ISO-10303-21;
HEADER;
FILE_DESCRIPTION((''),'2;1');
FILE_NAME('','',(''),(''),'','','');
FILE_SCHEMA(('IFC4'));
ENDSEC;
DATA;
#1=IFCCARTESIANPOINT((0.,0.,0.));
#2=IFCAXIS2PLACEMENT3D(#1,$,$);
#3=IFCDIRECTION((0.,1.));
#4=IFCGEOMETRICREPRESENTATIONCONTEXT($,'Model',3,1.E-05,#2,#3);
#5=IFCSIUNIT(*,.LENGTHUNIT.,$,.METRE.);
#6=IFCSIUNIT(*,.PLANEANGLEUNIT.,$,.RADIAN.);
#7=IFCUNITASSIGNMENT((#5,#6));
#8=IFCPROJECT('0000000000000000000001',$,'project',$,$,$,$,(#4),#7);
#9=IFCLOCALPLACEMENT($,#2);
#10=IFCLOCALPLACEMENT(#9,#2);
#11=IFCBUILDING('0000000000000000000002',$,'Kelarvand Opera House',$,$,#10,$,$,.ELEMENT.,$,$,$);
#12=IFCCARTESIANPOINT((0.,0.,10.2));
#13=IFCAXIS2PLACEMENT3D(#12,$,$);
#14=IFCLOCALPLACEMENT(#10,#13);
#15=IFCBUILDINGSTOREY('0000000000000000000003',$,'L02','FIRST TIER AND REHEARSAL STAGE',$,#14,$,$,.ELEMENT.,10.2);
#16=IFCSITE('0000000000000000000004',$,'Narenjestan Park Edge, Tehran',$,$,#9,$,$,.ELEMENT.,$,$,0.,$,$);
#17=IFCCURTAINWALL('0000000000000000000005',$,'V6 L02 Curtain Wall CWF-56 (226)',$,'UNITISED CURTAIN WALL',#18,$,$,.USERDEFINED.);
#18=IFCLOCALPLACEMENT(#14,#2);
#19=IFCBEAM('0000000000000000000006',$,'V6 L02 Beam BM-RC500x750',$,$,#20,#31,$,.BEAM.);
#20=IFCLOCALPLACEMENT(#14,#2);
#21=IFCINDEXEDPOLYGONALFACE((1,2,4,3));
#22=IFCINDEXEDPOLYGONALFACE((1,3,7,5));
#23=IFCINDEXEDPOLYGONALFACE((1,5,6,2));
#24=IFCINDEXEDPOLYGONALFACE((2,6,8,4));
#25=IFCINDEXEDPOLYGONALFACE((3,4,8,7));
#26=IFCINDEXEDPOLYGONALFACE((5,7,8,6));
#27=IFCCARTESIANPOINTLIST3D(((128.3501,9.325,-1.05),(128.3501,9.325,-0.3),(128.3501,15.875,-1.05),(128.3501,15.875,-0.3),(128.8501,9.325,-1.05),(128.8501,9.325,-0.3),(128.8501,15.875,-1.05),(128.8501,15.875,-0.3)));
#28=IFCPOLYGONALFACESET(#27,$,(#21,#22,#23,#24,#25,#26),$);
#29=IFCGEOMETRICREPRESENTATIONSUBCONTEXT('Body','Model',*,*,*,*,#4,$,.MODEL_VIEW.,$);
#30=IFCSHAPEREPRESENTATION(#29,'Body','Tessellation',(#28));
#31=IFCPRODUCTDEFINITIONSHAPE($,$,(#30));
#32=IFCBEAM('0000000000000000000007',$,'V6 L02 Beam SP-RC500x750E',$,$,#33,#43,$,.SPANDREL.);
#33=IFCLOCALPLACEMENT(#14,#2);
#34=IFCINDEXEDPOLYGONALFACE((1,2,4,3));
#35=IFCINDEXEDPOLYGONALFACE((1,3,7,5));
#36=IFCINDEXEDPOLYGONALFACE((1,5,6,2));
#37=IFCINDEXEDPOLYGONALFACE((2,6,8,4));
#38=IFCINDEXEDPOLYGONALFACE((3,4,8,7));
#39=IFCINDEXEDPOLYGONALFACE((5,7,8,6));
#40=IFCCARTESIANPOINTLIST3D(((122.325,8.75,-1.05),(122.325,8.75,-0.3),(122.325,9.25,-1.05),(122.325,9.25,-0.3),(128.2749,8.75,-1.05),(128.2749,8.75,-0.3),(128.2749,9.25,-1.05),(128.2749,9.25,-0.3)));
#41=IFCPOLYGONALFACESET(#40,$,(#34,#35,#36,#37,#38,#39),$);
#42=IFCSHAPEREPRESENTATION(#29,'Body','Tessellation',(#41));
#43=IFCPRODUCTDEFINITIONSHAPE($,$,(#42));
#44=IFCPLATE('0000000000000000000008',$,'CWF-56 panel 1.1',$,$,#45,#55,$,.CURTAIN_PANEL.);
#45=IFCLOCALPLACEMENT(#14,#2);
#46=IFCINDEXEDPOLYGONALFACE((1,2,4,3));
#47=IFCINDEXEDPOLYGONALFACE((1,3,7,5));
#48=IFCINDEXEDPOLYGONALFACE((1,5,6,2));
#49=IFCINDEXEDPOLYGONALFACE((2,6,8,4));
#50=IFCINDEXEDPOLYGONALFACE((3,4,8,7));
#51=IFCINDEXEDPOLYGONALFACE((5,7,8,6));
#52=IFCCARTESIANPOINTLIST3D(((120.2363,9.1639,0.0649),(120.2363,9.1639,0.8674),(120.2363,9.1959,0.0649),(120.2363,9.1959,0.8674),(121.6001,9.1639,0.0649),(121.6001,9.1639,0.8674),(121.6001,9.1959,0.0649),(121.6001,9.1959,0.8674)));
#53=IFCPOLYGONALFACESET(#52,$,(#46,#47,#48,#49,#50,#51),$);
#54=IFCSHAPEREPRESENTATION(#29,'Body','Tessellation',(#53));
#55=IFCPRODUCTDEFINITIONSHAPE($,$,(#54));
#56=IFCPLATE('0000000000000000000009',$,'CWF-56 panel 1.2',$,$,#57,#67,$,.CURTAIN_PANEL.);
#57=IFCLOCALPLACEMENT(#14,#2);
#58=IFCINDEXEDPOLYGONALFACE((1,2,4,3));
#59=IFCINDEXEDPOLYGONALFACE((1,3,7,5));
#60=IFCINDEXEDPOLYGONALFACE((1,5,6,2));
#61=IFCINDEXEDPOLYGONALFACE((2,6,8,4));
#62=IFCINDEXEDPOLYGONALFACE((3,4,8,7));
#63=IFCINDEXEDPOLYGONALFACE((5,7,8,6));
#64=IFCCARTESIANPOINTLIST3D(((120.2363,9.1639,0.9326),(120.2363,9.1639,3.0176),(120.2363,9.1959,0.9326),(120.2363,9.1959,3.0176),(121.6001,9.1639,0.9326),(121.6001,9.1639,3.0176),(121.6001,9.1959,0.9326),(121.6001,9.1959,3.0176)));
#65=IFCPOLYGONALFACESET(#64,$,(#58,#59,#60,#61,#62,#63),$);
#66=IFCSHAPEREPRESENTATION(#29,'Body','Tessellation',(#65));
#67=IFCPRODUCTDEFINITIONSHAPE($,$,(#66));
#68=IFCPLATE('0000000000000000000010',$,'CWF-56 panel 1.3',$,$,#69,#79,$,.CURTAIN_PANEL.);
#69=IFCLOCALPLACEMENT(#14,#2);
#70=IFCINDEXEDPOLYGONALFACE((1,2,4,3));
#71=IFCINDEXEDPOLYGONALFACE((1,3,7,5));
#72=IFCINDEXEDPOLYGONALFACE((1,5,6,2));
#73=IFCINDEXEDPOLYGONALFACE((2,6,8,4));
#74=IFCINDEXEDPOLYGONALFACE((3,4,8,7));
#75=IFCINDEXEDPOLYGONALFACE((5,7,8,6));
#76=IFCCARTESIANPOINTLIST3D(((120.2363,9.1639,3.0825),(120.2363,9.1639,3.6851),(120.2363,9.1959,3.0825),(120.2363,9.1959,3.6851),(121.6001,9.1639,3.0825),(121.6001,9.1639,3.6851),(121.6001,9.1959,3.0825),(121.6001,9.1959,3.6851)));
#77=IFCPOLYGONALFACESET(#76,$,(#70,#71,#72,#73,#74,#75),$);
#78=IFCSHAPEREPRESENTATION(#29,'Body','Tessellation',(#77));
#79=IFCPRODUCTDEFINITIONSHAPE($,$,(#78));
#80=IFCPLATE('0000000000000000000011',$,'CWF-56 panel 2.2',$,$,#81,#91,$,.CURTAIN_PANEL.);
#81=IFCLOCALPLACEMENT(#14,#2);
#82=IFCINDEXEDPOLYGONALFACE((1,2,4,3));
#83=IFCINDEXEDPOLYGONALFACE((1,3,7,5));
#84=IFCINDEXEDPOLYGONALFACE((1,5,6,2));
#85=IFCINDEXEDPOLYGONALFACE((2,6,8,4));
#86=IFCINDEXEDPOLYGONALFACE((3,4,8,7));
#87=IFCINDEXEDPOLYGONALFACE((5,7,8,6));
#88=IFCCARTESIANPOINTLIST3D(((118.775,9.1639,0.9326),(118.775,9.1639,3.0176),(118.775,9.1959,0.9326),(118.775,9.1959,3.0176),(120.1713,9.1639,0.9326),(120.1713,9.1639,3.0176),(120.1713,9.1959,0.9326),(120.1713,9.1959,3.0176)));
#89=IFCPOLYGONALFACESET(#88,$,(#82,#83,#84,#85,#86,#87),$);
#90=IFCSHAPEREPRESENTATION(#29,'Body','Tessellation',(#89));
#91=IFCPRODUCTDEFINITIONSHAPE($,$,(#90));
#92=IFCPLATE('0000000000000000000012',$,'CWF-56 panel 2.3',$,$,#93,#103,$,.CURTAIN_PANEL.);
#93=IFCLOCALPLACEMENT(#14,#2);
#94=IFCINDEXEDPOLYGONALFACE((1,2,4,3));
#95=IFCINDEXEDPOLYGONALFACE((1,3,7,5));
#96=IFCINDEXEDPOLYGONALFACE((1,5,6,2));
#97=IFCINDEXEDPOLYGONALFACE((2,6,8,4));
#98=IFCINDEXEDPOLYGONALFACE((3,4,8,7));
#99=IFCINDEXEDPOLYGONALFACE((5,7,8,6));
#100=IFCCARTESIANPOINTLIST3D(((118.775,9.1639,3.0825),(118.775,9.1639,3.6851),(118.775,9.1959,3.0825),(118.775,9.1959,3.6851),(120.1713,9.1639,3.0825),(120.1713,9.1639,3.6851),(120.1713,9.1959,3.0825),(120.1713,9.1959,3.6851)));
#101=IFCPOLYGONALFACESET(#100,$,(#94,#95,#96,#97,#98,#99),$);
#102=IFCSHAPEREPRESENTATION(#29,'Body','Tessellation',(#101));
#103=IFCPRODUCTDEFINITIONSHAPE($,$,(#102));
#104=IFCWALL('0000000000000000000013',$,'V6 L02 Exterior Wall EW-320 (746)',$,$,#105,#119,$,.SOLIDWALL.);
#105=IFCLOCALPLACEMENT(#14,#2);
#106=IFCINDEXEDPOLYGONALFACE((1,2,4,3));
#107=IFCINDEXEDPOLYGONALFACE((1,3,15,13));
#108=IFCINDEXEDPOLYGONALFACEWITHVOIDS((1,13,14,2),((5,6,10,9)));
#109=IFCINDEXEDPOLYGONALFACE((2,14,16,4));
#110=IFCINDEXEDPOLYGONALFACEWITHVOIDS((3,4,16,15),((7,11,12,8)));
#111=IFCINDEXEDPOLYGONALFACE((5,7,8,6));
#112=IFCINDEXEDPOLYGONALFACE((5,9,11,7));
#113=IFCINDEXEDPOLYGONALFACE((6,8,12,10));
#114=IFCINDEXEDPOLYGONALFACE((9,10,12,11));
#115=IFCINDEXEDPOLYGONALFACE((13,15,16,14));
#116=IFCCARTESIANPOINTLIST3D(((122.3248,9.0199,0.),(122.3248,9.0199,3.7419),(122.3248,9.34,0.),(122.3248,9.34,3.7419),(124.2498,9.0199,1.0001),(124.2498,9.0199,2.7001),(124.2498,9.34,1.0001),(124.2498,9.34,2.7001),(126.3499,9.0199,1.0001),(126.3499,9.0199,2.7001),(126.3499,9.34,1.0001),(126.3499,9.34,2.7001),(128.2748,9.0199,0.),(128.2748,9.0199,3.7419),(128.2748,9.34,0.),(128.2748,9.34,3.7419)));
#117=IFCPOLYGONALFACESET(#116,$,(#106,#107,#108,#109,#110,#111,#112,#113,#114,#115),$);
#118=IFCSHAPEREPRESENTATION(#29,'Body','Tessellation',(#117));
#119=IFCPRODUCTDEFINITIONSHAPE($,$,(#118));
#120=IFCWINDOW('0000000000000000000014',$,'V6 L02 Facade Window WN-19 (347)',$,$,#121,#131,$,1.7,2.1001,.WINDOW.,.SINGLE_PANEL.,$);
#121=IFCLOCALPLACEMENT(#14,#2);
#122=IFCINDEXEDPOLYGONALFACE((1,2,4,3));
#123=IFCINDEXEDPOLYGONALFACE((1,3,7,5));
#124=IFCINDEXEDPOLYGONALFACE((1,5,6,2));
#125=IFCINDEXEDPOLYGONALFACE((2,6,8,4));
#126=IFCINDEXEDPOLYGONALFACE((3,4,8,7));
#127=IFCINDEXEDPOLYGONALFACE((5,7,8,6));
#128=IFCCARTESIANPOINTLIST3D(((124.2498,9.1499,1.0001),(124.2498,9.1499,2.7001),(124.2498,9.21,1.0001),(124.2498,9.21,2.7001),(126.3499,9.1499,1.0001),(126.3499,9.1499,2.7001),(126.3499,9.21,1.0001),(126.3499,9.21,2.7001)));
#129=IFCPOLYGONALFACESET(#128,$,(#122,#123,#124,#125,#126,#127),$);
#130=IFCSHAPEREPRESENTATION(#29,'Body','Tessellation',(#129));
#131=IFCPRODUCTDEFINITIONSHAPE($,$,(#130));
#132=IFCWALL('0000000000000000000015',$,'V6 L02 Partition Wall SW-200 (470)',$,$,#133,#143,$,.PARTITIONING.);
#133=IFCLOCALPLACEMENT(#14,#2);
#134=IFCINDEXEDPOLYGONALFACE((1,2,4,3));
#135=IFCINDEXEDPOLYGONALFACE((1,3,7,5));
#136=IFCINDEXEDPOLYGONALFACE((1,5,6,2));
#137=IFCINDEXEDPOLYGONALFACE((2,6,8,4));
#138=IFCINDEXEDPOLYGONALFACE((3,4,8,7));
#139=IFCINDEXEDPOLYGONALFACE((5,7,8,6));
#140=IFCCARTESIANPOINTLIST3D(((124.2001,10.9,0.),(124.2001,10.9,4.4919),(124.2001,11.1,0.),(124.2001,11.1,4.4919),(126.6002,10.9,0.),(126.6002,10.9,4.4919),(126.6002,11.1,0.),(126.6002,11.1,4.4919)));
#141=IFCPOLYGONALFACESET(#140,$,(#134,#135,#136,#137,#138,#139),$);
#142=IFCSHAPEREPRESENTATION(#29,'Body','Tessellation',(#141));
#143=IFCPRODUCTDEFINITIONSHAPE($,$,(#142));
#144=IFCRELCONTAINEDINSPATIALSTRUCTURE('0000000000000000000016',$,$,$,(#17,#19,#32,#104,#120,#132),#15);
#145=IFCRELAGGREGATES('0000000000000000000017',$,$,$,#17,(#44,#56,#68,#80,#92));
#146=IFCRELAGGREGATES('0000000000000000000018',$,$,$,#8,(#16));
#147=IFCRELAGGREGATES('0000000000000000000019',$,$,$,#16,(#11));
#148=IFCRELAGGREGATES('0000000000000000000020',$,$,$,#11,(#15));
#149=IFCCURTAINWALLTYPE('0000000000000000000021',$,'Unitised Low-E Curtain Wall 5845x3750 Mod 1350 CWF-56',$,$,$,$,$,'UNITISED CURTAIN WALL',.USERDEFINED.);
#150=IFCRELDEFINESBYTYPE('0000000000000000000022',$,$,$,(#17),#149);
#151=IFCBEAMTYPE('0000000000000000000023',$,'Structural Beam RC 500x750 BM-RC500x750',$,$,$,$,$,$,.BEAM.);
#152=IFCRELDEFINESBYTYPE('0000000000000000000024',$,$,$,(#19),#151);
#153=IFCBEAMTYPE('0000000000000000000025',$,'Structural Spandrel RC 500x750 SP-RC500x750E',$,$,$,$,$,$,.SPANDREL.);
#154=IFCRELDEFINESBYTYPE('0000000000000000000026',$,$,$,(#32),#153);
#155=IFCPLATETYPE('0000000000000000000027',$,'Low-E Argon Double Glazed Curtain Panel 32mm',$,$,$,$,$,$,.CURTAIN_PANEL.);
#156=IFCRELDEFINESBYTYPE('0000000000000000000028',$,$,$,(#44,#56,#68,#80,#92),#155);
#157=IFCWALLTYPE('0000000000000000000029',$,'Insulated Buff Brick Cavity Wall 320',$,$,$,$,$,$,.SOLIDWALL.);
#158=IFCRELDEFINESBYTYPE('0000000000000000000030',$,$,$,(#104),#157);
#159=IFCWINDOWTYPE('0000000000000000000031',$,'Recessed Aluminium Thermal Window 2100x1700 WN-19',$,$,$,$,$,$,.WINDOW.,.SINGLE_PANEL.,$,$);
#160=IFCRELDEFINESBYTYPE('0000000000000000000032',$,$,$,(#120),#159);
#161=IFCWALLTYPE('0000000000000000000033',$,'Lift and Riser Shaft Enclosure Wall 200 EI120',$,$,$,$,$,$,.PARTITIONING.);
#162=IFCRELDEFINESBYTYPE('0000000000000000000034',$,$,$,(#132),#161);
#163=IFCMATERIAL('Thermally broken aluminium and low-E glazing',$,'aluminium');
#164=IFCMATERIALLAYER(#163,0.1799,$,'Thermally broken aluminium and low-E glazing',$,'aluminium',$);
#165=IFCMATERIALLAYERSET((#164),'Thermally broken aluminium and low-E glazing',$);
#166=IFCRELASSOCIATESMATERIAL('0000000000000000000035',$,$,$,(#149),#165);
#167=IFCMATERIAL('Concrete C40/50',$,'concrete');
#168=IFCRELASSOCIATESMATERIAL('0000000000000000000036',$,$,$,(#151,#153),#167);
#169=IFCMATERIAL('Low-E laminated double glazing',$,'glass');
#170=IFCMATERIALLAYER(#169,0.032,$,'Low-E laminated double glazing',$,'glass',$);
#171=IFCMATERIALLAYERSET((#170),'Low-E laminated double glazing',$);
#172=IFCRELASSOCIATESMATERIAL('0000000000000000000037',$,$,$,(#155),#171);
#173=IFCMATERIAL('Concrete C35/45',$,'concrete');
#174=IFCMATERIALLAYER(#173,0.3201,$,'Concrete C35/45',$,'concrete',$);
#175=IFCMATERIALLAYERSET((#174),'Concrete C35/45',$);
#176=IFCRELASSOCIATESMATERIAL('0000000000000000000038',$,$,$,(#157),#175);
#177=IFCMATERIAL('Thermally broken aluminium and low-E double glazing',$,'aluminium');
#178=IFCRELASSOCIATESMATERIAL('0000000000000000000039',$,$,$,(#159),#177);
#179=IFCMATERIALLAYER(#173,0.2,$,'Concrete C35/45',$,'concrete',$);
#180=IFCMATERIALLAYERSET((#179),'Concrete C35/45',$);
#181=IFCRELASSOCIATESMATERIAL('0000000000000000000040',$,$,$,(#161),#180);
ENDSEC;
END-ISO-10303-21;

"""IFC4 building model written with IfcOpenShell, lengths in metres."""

from ifc_helpers import new_model, si_unit, direction, frame, frame_2d, origin, origin_2d, place, context, subcontext, project, spatial, rectangle, extrude, material, layer, layer_set, material_profile, profile_set, type_object, element, fill, aggregate, save


model = new_model("IFC4")

# Units and contexts
model_context = context("Model", 3, precision=1e-05, world=origin(), true_north=direction((0.0, 1.0)))
body_context = subcontext(model_context, "Body", "Model", "MODEL_VIEW")
ifc_project = project(units=[si_unit("LENGTHUNIT", "METRE"), si_unit("PLANEANGLEUNIT", "RADIAN")], contexts=[model_context])

# Site, building, storey
site_placement = place(None, origin())
site = spatial("IfcSite", under=ifc_project, at=site_placement, Name="Narenjestan Park Edge, Tehran", CompositionType="ELEMENT", RefElevation=0.0)
building_placement = place(site_placement, origin())
building = spatial("IfcBuilding", under=site, at=building_placement, Name="Kelarvand Opera House", CompositionType="ELEMENT")
storey_placement = place(building_placement, frame((0.0, 0.0, 10.2)))
storey = spatial("IfcBuildingStorey", under=building, at=storey_placement, Name="L02", Description="FIRST TIER AND REHEARSAL STAGE", CompositionType="ELEMENT", Elevation=10.2)

# Shared definitions
ifc_material_1 = material(Name="Concrete C40/50", Category="concrete")

# Curtain wall
ifc_material_2 = material(Name="Thermally broken aluminium and low-E glazing", Category="aluminium")
ifc_layer_1 = layer(ifc_material_2, 0.1799, Name="Thermally broken aluminium and low-E glazing", Category="aluminium")
ifc_layer_set_1 = layer_set([ifc_layer_1], Name="Thermally broken aluminium and low-E glazing")
curtain_wall_type = type_object("IfcCurtainWallType", Name="Unitised Low-E Curtain Wall 5845x3750 Mod 1350 CWF-56", ElementType="UNITISED CURTAIN WALL", PredefinedType="USERDEFINED", material=ifc_layer_set_1)
curtain_wall_placement = place(storey_placement, origin())
curtain_wall = element("IfcCurtainWall", 1, at=curtain_wall_placement, inside=storey, type_object=curtain_wall_type, Name="V6 L02 Curtain Wall CWF-56 (226)", ObjectType="UNITISED CURTAIN WALL", PredefinedType="USERDEFINED")

# Beams
ifc_material_3 = material(Name="Concrete C35/45", Category="concrete")
ifc_material_profile_1 = material_profile(ifc_material_1, rectangle(XDim=0.5, YDim=0.75, at=origin_2d()), Name="RC 500x750", Category="concrete")
ifc_profile_set_1 = profile_set([ifc_material_profile_1], Name="Concrete C40/50")
beam_type_1 = type_object("IfcBeamType", Name="Structural Beam RC 500x750 BM-RC500x750", PredefinedType="BEAM", material=ifc_profile_set_1)
beam_1_placement = place(storey_placement, frame((128.6001, 9.325, -0.675), z_axis=(0.0, 1.0, 0.0), x_axis=(-1.0, 0.0, 0.0)))
element("IfcBeam", 2, at=beam_1_placement, inside=storey, type_object=beam_type_1, Name="V6 L02 Beam BM-RC500x750", PredefinedType="BEAM", context=body_context, shape_type="SweptSolid", body=[
    extrude(rectangle(XDim=0.5, YDim=0.75, at=origin_2d()), origin(), (0.0, 0.0, 1.0), 6.55),
])
ifc_material_profile_2 = material_profile(ifc_material_1, rectangle(XDim=0.5, YDim=0.75, at=origin_2d()), Name="RC 500x750", Category="concrete")
ifc_profile_set_2 = profile_set([ifc_material_profile_2], Name="Concrete C40/50")
beam_type_2 = type_object("IfcBeamType", Name="Structural Spandrel RC 500x750 SP-RC500x750E", PredefinedType="SPANDREL", material=ifc_profile_set_2)
beam_2_placement = place(storey_placement, frame((122.325, 9.0, -0.675), z_axis=(1.0, 0.0, 0.0), x_axis=(0.0, 1.0, 0.0)))
element("IfcBeam", 3, at=beam_2_placement, inside=storey, type_object=beam_type_2, Name="V6 L02 Beam SP-RC500x750E", PredefinedType="SPANDREL", context=body_context, shape_type="SweptSolid", body=[
    extrude(rectangle(XDim=0.5, YDim=0.75, at=origin_2d()), origin(), (0.0, 0.0, 1.0), 5.95),
])

# Plates
ifc_material_4 = material(Name="Low-E laminated double glazing", Category="glass")
ifc_layer_2 = layer(ifc_material_4, 0.032, Name="Low-E laminated double glazing", Category="glass")
ifc_layer_set_2 = layer_set([ifc_layer_2], Name="Low-E laminated double glazing")
plate_type = type_object("IfcPlateType", Name="Low-E Argon Double Glazed Curtain Panel 32mm", PredefinedType="CURTAIN_PANEL", material=ifc_layer_set_2)
plate_1_placement = place(storey_placement, frame((120.9182, 9.1799, 0.0649), z_axis=(0.0, 0.0, 1.0), x_axis=(-1.0, 0.0, 0.0)))
plate_1 = element("IfcPlate", 4, at=plate_1_placement, type_object=plate_type, Name="CWF-56 panel 1.1", PredefinedType="CURTAIN_PANEL", context=body_context, shape_type="SweptSolid", body=[
    extrude(rectangle(XDim=1.3638, YDim=0.032, at=origin_2d()), origin(), (0.0, 0.0, 1.0), 0.8025),
])
plate_2_placement = place(storey_placement, frame((120.9182, 9.1799, 0.9326), z_axis=(0.0, 0.0, 1.0), x_axis=(-1.0, 0.0, 0.0)))
plate_2 = element("IfcPlate", 5, at=plate_2_placement, type_object=plate_type, Name="CWF-56 panel 1.2", PredefinedType="CURTAIN_PANEL", context=body_context, shape_type="SweptSolid", body=[
    extrude(rectangle(XDim=1.3638, YDim=0.032, at=origin_2d()), origin(), (0.0, 0.0, 1.0), 2.085),
])
plate_3_placement = place(storey_placement, frame((120.9182, 9.1799, 3.0825), z_axis=(0.0, 0.0, 1.0), x_axis=(-1.0, 0.0, 0.0)))
plate_3 = element("IfcPlate", 6, at=plate_3_placement, type_object=plate_type, Name="CWF-56 panel 1.3", PredefinedType="CURTAIN_PANEL", context=body_context, shape_type="SweptSolid", body=[
    extrude(rectangle(XDim=1.3638, YDim=0.032, at=origin_2d()), origin(), (0.0, 0.0, 1.0), 0.6025),
])
plate_4_placement = place(storey_placement, frame((119.4731, 9.1799, 0.9326), z_axis=(0.0, 0.0, 1.0), x_axis=(-1.0, 0.0, 0.0)))
plate_4 = element("IfcPlate", 7, at=plate_4_placement, type_object=plate_type, Name="CWF-56 panel 2.2", PredefinedType="CURTAIN_PANEL", context=body_context, shape_type="SweptSolid", body=[
    extrude(rectangle(XDim=1.3962, YDim=0.032, at=origin_2d()), origin(), (0.0, 0.0, 1.0), 2.085),
])
plate_5_placement = place(storey_placement, frame((119.4731, 9.1799, 3.0825), z_axis=(0.0, 0.0, 1.0), x_axis=(-1.0, 0.0, 0.0)))
plate_5 = element("IfcPlate", 8, at=plate_5_placement, type_object=plate_type, Name="CWF-56 panel 2.3", PredefinedType="CURTAIN_PANEL", context=body_context, shape_type="SweptSolid", body=[
    extrude(rectangle(XDim=1.3962, YDim=0.032, at=origin_2d()), origin(), (0.0, 0.0, 1.0), 0.6025),
])
aggregate(curtain_wall, [plate_1, plate_2, plate_3, plate_4, plate_5])

# Wall, opening, window
ifc_layer_3 = layer(ifc_material_3, 0.3201, Name="Concrete C35/45", Category="concrete")
ifc_layer_set_3 = layer_set([ifc_layer_3], Name="Concrete C35/45")
wall_type_1 = type_object("IfcWallType", Name="Insulated Buff Brick Cavity Wall 320", PredefinedType="SOLIDWALL", material=ifc_layer_set_3)
wall_1_placement = place(storey_placement, frame((128.2749, 9.1799, 0.0), z_axis=(0.0, 0.0, 1.0), x_axis=(-1.0, 0.0, 0.0)))
wall_1 = element("IfcWall", 9, at=wall_1_placement, inside=storey, type_object=wall_type_1, Name="V6 L02 Exterior Wall EW-320 (746)", PredefinedType="SOLIDWALL", context=body_context, shape_type="SweptSolid", body=[
    extrude(rectangle(XDim=5.95, YDim=0.3201, at=frame_2d((2.9751, 0.0))), origin(), (0.0, 0.0, 1.0), 3.7419),
])
opening_placement = place(wall_1_placement, frame((1.925, 0.0, 1.0)))
opening = element("IfcOpeningElement", 10, at=opening_placement, cuts=wall_1, PredefinedType="OPENING", context=body_context, shape_type="SweptSolid", body=[
    extrude(rectangle(XDim=2.1001, YDim=1.7, at=frame_2d((1.05, 0.8501))), frame((0.0, 0.1699, 0.0), z_axis=(0.0, -1.0, 0.0), x_axis=(1.0, 0.0, 0.0)), (0.0, 0.0, 1.0), 0.3401),
])
ifc_material_5 = material(Name="Thermally broken aluminium and low-E double glazing", Category="aluminium")
window_type = type_object("IfcWindowType", Name="Recessed Aluminium Thermal Window 2100x1700 WN-19", PartitioningType="SINGLE_PANEL", PredefinedType="WINDOW", material=ifc_material_5)
window_placement = place(opening_placement, origin())
window = element("IfcWindow", 11, at=window_placement, inside=storey, type_object=window_type, Name="V6 L02 Facade Window WN-19 (347)", OverallHeight=1.7, OverallWidth=2.1001, PartitioningType="SINGLE_PANEL", PredefinedType="WINDOW", context=body_context, shape_type="SweptSolid", body=[
    extrude(rectangle(XDim=2.1001, YDim=1.7, at=frame_2d((1.05, 0.8501))), frame((0.0, 0.03, 0.0), z_axis=(0.0, -1.0, 0.0), x_axis=(1.0, 0.0, 0.0)), (0.0, 0.0, 1.0), 0.0601),
])
fill(opening, window)

# Wall
ifc_layer_4 = layer(ifc_material_3, 0.2, Name="Concrete C35/45", Category="concrete")
ifc_layer_set_4 = layer_set([ifc_layer_4], Name="Concrete C35/45")
wall_type_2 = type_object("IfcWallType", Name="Lift and Riser Shaft Enclosure Wall 200 EI120", PredefinedType="PARTITIONING", material=ifc_layer_set_4)
wall_2_placement = place(storey_placement, frame((124.2, 11.0, 0.0), z_axis=(0.0, 0.0, 1.0), x_axis=(1.0, 0.0, 0.0)))
element("IfcWall", 12, at=wall_2_placement, inside=storey, type_object=wall_type_2, Name="V6 L02 Partition Wall SW-200 (470)", PredefinedType="PARTITIONING", context=body_context, shape_type="SweptSolid", body=[
    extrude(rectangle(XDim=2.4001, YDim=0.2, at=frame_2d((1.2002, 0.0))), origin(), (0.0, 0.0, 1.0), 4.4919),
])

save(model, "model.ifc")
